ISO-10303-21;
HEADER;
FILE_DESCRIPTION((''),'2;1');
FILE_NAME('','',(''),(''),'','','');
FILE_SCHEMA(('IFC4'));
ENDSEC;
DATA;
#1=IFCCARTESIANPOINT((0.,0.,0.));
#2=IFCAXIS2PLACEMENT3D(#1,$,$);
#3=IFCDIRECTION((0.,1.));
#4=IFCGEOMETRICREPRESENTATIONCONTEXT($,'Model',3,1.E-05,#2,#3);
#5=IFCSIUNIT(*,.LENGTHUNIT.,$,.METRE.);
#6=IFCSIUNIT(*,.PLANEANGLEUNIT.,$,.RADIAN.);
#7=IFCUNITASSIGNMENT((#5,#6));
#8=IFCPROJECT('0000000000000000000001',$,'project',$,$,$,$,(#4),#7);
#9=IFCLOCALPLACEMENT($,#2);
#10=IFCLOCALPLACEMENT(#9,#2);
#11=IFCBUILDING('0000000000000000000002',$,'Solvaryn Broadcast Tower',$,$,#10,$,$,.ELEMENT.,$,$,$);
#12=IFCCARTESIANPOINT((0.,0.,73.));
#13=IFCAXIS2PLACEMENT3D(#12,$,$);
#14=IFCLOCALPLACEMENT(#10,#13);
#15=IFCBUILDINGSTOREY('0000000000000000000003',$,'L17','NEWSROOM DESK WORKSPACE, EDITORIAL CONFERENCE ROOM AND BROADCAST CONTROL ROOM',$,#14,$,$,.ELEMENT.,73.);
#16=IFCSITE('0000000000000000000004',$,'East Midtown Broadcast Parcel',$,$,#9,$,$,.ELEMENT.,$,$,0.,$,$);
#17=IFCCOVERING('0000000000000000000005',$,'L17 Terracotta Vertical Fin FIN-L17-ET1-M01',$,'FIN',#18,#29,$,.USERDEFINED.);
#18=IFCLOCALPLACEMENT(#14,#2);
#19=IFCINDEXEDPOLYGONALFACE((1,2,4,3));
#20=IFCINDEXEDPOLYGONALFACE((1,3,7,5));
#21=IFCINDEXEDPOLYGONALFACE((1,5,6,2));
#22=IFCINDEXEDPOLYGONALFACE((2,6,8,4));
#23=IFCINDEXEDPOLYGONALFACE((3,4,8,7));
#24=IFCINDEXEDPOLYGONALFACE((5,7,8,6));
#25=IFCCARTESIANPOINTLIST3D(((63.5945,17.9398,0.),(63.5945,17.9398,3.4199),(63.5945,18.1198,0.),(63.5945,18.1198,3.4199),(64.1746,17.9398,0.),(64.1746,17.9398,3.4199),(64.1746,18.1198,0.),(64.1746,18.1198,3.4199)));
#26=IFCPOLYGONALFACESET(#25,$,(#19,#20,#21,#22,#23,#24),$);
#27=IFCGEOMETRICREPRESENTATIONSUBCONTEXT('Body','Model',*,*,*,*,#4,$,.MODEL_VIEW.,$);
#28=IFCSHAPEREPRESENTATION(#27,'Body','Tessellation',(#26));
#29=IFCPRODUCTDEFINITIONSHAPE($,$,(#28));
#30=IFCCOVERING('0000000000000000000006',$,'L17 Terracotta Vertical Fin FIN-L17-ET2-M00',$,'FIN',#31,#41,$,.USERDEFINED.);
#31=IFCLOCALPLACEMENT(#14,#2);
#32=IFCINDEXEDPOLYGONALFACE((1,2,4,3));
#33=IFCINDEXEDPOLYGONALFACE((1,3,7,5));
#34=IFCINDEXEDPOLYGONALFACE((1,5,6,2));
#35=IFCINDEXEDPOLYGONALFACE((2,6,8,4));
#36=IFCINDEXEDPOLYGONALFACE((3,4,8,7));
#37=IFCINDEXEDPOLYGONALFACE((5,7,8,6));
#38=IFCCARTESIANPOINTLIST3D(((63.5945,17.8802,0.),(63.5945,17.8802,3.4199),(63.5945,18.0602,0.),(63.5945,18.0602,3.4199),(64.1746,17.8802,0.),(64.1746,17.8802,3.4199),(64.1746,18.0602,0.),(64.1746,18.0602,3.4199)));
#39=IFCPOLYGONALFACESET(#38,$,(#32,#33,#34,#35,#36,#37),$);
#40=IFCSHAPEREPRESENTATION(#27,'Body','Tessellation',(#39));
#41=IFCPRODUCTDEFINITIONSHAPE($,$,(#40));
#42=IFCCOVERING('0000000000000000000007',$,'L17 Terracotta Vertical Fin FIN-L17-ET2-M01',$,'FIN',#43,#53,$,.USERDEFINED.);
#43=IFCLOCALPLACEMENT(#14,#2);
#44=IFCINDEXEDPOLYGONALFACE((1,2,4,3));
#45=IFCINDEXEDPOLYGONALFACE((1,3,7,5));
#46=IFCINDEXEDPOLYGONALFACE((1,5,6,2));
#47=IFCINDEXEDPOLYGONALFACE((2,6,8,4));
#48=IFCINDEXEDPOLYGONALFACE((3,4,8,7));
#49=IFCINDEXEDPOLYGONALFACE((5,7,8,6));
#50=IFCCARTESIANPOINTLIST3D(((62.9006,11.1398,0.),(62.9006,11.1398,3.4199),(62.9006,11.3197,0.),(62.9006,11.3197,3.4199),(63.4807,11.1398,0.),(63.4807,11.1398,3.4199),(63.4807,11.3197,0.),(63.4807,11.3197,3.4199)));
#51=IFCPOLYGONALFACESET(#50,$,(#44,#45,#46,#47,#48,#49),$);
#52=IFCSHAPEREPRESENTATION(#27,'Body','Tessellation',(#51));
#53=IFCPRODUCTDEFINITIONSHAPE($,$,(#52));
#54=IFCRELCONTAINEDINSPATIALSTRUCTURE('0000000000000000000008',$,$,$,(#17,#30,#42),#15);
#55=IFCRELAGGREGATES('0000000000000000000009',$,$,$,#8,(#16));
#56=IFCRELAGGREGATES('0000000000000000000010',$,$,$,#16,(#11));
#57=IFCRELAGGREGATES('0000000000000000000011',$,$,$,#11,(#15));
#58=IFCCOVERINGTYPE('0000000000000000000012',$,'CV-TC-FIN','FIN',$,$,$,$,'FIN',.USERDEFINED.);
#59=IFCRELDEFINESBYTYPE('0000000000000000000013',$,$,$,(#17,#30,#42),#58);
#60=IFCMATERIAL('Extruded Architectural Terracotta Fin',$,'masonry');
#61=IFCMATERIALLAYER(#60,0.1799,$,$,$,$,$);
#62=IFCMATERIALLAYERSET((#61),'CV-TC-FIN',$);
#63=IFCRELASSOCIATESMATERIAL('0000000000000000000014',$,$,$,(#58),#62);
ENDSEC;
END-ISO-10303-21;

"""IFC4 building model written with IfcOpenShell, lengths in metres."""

from ifc_helpers import new_model, si_unit, direction, frame, origin, origin_2d, place, context, subcontext, project, spatial, rectangle, extrude, material, layer, layer_set, type_object, element, save


model = new_model("IFC4")

# Units and contexts
model_context = context("Model", 3, precision=1e-05, world=origin(), true_north=direction((0.0, 1.0)))
body_context = subcontext(model_context, "Body", "Model", "MODEL_VIEW")
ifc_project = project(units=[si_unit("LENGTHUNIT", "METRE"), si_unit("PLANEANGLEUNIT", "RADIAN")], contexts=[model_context])

# Site, building, storey
site_placement = place(None, origin())
site = spatial("IfcSite", under=ifc_project, at=site_placement, Name="East Midtown Broadcast Parcel", CompositionType="ELEMENT", RefElevation=0.0)
building_placement = place(site_placement, origin())
building = spatial("IfcBuilding", under=site, at=building_placement, Name="Solvaryn Broadcast Tower", CompositionType="ELEMENT")
storey_placement = place(building_placement, frame((0.0, 0.0, 73.0)))
storey = spatial("IfcBuildingStorey", under=building, at=storey_placement, Name="L17", Description="NEWSROOM DESK WORKSPACE, EDITORIAL CONFERENCE ROOM AND BROADCAST CONTROL ROOM", CompositionType="ELEMENT", Elevation=73.0)

# Coverings
ifc_material_1 = material(Name="Extruded Architectural Terracotta Fin", Category="masonry")
ifc_layer_1 = layer(ifc_material_1, 0.1799)
ifc_layer_set_1 = layer_set([ifc_layer_1], Name="CV-TC-FIN")
covering_type_1 = type_object("IfcCoveringType", Name="CV-TC-FIN", Description="FIN", ElementType="FIN", PredefinedType="USERDEFINED", material=ifc_layer_set_1)
for number, where, z_axis, x_axis, name in (
    (1, (63.8845, 18.0298, 0.0), (0.0, 0.0, 1.0), (1.0, 0.0, 0.0), "L17 Terracotta Vertical Fin FIN-L17-ET1-M01"),
    (2, (63.8845, 17.9702, 0.0), (0.0, 0.0, 1.0), (1.0, 0.0, 0.0), "L17 Terracotta Vertical Fin FIN-L17-ET2-M00"),
    (3, (63.1907, 11.2297, 0.0), (0.0, 0.0, 1.0), (1.0, 0.0, 0.0), "L17 Terracotta Vertical Fin FIN-L17-ET2-M01"),
):
    element("IfcCovering", number, at=place(storey_placement, frame(where, z_axis=z_axis, x_axis=x_axis)), inside=storey, type_object=covering_type_1, Name=name, ObjectType="FIN", PredefinedType="USERDEFINED", context=body_context, shape_type="SweptSolid", body=[
        extrude(rectangle(XDim=0.5801, YDim=0.1799, at=origin_2d()), origin(), (0.0, 0.0, 1.0), 3.4199),
    ])

save(model, "model.ifc")
